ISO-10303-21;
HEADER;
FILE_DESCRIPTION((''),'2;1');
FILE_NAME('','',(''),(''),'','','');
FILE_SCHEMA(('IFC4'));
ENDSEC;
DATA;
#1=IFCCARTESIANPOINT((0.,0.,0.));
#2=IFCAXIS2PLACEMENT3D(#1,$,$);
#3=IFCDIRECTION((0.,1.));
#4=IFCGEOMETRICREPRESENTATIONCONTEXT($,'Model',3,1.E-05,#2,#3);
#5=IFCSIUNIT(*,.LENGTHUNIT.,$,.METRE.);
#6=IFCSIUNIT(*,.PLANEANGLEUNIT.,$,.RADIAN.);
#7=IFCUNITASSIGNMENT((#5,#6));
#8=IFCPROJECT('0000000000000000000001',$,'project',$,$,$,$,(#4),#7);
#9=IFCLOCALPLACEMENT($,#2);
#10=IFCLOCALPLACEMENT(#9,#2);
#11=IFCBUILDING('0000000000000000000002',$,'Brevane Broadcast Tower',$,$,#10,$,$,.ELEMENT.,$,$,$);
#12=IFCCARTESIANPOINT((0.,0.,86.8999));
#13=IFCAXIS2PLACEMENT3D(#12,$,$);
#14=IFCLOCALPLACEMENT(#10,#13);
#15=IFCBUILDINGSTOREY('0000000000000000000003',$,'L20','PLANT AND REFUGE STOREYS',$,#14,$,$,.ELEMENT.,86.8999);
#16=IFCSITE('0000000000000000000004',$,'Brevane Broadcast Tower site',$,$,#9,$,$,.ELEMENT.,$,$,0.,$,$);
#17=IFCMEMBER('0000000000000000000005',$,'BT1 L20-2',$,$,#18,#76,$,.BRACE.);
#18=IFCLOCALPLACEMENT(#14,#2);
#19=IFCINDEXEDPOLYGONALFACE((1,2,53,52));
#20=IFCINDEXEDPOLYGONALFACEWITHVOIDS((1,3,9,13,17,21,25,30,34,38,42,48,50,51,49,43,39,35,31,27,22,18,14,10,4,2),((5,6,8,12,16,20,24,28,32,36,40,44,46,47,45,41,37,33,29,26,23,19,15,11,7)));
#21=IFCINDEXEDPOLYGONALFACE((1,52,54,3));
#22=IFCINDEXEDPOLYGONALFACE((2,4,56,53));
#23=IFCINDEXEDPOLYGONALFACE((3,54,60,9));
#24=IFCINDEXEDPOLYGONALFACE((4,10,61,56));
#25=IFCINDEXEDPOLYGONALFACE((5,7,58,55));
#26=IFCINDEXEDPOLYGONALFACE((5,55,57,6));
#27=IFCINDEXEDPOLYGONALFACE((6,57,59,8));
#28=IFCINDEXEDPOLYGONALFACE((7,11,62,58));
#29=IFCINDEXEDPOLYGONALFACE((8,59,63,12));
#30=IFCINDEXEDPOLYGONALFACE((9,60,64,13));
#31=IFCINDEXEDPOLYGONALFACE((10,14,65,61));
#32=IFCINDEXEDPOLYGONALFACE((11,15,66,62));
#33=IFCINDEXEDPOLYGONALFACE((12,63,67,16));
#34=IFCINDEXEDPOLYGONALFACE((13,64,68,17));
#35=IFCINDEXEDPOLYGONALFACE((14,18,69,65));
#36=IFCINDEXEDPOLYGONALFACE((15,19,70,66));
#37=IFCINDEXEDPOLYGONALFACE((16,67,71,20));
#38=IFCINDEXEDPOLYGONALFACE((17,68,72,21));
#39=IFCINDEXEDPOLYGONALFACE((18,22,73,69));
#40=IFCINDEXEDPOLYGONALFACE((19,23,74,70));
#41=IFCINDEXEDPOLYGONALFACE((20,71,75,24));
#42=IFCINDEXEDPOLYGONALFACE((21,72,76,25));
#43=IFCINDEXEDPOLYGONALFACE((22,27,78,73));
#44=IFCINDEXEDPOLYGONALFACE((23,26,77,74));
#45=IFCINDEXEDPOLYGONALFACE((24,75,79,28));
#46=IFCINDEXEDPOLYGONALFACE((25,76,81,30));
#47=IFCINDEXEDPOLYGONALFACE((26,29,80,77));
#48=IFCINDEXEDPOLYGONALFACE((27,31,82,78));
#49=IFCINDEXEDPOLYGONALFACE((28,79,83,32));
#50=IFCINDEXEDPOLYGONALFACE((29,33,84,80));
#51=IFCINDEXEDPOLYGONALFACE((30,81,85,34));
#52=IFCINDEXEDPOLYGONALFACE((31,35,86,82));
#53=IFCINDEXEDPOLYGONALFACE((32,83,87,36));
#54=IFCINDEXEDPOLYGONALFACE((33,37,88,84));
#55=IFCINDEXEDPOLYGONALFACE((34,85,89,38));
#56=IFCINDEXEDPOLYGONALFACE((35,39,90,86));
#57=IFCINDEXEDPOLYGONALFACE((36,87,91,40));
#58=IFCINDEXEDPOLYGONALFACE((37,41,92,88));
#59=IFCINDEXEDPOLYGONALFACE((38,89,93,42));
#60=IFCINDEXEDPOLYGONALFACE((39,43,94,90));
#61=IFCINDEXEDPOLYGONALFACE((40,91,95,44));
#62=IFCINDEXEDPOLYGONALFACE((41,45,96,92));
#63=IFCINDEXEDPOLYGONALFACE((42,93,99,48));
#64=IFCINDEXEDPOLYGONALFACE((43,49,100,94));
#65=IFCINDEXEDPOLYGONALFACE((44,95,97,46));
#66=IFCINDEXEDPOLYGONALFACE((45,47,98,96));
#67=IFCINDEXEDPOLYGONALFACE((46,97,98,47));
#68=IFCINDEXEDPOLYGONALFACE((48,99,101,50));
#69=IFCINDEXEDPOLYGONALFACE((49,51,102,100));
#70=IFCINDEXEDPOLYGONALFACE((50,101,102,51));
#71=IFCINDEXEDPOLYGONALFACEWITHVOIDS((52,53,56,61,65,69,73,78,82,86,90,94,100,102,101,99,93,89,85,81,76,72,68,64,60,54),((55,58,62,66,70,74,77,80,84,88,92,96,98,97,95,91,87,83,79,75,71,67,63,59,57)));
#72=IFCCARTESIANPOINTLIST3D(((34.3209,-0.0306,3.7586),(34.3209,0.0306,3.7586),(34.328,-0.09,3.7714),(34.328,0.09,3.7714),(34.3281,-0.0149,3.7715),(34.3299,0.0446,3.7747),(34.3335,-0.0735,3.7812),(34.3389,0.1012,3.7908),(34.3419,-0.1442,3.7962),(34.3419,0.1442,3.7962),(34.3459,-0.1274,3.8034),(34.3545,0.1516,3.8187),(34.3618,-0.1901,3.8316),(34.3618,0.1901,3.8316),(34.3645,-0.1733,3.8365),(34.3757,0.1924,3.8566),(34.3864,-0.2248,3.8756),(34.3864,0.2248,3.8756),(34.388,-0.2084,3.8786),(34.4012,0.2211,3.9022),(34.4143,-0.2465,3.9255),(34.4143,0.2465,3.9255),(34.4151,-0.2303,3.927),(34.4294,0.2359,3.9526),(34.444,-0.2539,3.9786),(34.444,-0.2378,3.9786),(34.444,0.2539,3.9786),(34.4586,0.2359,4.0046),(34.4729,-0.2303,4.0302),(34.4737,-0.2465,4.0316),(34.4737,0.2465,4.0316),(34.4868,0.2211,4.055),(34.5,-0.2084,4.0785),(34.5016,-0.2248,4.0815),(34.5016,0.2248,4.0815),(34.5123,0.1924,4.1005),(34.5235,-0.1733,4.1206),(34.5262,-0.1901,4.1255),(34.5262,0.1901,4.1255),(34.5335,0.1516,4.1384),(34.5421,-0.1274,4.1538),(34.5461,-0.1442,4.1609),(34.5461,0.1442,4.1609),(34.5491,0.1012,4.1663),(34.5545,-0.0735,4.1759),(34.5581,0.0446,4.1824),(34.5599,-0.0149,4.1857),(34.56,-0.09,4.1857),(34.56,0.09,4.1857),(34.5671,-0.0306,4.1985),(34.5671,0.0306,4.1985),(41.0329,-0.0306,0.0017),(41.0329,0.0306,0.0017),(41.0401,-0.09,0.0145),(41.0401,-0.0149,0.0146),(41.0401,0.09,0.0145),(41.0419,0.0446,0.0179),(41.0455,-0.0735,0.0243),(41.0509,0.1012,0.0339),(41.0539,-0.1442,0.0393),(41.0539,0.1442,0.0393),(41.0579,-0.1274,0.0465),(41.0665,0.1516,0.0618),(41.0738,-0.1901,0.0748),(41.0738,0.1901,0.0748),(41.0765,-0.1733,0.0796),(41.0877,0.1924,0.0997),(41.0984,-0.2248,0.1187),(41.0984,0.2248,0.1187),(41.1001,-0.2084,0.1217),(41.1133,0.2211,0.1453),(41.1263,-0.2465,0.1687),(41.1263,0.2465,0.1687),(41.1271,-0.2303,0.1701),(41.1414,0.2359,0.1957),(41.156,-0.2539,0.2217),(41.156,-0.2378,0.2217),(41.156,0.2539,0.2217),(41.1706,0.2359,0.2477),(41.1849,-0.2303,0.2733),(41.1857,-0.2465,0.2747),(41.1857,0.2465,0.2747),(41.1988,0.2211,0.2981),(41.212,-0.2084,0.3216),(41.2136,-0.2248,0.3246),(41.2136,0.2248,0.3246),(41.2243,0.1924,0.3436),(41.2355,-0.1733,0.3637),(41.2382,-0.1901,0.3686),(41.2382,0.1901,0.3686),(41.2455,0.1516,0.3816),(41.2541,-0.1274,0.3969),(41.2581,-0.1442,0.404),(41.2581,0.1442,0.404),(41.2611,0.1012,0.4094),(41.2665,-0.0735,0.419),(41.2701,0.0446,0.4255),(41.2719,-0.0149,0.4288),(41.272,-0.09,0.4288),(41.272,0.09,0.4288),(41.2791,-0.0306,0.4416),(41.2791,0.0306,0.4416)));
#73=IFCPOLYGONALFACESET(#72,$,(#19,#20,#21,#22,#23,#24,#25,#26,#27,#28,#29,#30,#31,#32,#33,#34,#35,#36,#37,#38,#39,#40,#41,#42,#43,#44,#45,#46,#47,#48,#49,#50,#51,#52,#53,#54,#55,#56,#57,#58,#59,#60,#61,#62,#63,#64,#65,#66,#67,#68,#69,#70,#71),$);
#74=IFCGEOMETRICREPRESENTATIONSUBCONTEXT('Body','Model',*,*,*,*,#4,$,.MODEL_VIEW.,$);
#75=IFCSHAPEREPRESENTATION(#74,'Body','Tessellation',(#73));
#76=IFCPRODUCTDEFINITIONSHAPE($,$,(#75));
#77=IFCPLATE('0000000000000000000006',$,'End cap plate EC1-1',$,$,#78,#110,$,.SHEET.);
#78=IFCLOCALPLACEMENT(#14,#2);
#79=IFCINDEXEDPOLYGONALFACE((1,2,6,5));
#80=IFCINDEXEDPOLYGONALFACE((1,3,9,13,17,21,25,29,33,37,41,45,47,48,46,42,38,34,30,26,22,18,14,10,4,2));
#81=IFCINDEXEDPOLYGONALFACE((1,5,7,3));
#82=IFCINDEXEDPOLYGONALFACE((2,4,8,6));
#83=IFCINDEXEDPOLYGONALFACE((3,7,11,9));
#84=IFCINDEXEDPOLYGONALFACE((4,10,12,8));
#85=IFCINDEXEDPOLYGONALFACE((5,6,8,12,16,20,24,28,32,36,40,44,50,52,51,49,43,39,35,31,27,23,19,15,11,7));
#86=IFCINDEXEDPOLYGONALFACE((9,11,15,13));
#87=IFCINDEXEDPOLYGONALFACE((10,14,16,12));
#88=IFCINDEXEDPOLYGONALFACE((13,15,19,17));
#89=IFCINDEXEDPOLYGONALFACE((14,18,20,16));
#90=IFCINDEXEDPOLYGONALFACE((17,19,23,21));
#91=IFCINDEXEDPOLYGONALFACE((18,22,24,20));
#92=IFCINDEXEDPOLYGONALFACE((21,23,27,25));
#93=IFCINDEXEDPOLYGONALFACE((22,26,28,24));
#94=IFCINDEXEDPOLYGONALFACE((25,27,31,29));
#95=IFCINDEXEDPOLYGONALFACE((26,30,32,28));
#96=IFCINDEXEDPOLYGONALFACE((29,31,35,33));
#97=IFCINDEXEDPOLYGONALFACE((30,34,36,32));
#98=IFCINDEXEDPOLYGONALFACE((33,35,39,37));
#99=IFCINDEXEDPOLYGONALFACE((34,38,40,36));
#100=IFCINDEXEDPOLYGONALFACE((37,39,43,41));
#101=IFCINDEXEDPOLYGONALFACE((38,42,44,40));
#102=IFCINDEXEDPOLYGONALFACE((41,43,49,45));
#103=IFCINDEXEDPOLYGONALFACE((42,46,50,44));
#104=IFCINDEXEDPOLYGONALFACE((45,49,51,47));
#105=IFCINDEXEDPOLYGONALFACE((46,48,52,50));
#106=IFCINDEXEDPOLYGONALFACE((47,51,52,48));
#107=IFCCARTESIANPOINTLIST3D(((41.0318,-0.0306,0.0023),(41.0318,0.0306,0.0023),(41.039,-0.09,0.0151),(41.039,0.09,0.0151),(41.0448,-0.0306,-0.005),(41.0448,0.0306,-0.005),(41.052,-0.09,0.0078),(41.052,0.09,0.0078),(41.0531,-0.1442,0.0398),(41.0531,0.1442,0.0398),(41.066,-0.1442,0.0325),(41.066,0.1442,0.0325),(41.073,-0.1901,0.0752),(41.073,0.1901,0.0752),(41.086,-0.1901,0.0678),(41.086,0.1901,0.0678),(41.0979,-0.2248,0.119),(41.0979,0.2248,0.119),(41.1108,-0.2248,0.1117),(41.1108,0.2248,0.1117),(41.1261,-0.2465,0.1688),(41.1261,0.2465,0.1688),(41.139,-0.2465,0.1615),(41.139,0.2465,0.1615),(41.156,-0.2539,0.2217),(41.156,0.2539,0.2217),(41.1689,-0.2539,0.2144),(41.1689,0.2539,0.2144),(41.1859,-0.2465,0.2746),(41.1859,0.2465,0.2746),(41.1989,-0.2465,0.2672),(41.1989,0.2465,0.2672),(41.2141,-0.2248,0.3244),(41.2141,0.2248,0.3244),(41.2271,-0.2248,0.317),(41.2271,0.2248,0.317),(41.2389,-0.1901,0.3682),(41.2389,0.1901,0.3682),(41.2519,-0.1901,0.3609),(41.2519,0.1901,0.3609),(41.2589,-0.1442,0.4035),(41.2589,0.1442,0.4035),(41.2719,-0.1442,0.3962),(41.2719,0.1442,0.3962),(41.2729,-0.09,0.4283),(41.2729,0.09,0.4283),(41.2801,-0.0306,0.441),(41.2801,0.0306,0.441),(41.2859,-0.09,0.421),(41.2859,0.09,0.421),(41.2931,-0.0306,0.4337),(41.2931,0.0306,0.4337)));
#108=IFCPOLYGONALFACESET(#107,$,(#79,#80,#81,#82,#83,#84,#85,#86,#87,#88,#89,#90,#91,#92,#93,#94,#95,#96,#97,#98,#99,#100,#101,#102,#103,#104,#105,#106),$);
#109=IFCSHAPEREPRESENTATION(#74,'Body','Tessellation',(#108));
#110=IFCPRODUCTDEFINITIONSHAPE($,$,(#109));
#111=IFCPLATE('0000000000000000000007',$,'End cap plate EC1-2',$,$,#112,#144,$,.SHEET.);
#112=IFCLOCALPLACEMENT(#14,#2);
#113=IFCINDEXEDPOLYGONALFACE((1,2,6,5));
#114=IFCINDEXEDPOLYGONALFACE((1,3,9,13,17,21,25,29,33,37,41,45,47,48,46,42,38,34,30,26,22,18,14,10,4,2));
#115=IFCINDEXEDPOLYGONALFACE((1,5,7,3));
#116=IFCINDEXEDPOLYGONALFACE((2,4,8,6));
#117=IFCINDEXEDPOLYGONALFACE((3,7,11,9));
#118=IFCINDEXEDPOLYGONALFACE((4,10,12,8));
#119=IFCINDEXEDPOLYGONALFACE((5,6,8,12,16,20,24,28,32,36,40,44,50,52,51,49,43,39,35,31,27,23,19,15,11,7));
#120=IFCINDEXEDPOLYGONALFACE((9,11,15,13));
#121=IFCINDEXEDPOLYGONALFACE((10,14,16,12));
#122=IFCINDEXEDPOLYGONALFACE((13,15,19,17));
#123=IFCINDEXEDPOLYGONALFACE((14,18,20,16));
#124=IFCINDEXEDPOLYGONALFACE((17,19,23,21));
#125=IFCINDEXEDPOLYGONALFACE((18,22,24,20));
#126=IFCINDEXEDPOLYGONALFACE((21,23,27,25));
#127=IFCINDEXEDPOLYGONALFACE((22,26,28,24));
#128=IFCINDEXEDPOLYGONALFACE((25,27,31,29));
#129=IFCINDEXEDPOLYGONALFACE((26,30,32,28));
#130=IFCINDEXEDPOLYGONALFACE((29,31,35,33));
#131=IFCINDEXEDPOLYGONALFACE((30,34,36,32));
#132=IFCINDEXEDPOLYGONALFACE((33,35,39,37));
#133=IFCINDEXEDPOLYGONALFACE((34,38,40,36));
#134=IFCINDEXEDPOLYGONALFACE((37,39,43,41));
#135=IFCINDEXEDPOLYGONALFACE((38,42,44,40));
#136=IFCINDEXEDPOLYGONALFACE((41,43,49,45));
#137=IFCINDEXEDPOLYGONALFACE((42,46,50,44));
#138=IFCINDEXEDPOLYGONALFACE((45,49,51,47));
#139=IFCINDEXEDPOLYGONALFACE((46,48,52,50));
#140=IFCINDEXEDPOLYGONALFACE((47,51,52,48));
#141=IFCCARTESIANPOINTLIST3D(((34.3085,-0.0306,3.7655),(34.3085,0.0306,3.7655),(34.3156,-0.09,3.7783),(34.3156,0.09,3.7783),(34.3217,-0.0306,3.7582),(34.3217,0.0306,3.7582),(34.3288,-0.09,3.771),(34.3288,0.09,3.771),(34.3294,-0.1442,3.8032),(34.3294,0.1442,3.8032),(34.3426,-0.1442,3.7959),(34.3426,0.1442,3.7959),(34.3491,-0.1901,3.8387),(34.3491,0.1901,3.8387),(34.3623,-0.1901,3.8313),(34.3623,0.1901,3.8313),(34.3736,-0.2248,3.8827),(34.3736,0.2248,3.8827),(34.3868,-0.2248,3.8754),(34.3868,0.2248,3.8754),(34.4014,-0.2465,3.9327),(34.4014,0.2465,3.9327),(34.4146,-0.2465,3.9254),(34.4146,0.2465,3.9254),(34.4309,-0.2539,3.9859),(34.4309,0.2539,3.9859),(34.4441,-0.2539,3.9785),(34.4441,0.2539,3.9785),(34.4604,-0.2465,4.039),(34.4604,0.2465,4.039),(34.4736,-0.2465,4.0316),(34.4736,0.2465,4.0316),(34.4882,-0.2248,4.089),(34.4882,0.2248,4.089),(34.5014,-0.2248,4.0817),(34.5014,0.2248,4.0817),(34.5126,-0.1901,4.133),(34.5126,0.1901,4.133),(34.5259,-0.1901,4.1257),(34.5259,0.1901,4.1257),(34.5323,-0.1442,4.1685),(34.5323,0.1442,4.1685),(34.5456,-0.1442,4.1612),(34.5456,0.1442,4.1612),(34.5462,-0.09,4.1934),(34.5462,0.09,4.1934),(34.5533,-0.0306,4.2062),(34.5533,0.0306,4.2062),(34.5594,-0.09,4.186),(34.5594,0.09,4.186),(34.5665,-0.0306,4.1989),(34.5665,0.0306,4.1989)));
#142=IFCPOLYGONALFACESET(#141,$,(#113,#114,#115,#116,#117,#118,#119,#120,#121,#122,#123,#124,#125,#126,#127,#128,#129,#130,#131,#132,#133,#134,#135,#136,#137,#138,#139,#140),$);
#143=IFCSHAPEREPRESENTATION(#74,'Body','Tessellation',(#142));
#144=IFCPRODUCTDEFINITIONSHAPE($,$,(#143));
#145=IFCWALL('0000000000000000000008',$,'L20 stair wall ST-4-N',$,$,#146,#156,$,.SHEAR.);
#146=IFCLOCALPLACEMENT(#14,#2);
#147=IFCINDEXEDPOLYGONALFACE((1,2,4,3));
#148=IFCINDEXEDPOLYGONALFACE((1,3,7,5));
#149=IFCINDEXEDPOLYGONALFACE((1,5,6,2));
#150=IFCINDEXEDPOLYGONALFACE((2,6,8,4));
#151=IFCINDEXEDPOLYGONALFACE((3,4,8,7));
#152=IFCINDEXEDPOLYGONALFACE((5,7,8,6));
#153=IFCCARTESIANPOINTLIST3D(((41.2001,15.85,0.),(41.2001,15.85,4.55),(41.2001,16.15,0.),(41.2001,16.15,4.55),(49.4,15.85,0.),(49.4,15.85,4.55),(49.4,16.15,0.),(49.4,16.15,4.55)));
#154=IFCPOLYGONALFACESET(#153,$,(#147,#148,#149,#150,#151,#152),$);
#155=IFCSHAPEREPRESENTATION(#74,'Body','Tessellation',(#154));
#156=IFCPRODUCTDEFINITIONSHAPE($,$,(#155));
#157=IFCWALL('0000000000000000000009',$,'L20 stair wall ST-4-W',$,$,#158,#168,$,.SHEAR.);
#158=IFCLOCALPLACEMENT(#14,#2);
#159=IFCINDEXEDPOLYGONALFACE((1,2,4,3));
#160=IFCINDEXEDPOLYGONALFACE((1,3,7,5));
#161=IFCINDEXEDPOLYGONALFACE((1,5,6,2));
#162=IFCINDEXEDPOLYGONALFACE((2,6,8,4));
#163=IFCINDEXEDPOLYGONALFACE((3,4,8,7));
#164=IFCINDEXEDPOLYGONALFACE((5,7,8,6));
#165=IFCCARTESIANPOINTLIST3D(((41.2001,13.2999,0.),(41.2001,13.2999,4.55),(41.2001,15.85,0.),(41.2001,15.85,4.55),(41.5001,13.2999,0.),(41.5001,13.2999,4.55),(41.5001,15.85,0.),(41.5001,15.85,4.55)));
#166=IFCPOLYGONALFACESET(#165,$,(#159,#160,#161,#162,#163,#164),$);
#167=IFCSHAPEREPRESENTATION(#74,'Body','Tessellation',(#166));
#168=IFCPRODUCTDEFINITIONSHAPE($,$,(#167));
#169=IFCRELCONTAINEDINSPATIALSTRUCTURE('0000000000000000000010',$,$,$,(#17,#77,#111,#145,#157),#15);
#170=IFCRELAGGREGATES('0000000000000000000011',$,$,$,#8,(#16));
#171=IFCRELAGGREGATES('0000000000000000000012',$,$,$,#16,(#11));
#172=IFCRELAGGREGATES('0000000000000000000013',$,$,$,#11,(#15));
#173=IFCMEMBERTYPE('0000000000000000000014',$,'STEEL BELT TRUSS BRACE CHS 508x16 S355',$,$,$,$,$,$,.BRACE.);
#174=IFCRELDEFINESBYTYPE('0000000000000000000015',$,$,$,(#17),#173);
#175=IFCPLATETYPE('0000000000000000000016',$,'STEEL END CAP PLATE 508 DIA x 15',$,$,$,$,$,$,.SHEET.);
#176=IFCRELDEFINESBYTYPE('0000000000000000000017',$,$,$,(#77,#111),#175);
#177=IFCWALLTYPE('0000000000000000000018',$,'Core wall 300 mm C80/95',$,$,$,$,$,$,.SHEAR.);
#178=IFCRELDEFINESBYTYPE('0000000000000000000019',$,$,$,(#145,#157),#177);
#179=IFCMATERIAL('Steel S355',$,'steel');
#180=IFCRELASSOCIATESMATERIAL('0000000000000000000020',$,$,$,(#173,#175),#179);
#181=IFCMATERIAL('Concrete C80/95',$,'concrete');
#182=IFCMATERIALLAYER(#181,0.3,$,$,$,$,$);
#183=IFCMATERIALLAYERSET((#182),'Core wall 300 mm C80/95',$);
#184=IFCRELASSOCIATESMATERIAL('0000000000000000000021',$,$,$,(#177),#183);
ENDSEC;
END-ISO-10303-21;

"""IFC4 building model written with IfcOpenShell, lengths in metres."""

from ifc_helpers import new_model, si_unit, direction, frame, frame_2d, origin, origin_2d, place, context, subcontext, project, spatial, rectangle, circle, hollow_circle, extrude, material, layer, layer_set, material_profile, profile_set, type_object, element, save


model = new_model("IFC4")

# Units and contexts
model_context = context("Model", 3, precision=1e-05, world=origin(), true_north=direction((0.0, 1.0)))
body_context = subcontext(model_context, "Body", "Model", "MODEL_VIEW")
ifc_project = project(units=[si_unit("LENGTHUNIT", "METRE"), si_unit("PLANEANGLEUNIT", "RADIAN")], contexts=[model_context])

# Site, building, storey
site_placement = place(None, origin())
site = spatial("IfcSite", under=ifc_project, at=site_placement, Name="Brevane Broadcast Tower site", CompositionType="ELEMENT", RefElevation=0.0)
building_placement = place(site_placement, origin())
building = spatial("IfcBuilding", under=site, at=building_placement, Name="Brevane Broadcast Tower", CompositionType="ELEMENT")
storey_placement = place(building_placement, frame((0.0, 0.0, 86.8999)))
storey = spatial("IfcBuildingStorey", under=building, at=storey_placement, Name="L20", Description="PLANT AND REFUGE STOREYS", CompositionType="ELEMENT", Elevation=86.8999)

# Shared definitions
ifc_material_1 = material(Name="Concrete C80/95", Category="concrete")

# Member
ifc_material_2 = material(Name="Steel S355", Category="steel")
ifc_material_profile_1 = material_profile(ifc_material_2, hollow_circle(Radius=0.2539, WallThickness=0.0161, at=origin_2d()), Name="CHS 508x16")
ifc_profile_set_1 = profile_set([ifc_material_profile_1], Name="Steel S355")
member_type_1 = type_object("IfcMemberType", Name="STEEL BELT TRUSS BRACE CHS 508x16 S355", PredefinedType="BRACE", material=ifc_profile_set_1)
member_1_placement = place(storey_placement, frame((41.156, 0.0, 0.2217), z_axis=(-0.872608, 0.0, 0.488422), x_axis=(0.0, -1.0, 0.0)))
element("IfcMember", 1, at=member_1_placement, inside=storey, type_object=member_type_1, Name="BT1 L20-2", PredefinedType="BRACE", context=body_context, shape_type="SweptSolid", body=[
    extrude(hollow_circle(Radius=0.2539, WallThickness=0.0161, at=origin_2d()), origin(), (0.0, 0.0, 1.0), 7.6919),
])

# Plates
ifc_material_profile_2 = material_profile(ifc_material_2, circle(Radius=0.2539, at=origin_2d()), Name="PL 508 DIA x 15")
ifc_profile_set_2 = profile_set([ifc_material_profile_2], Name="Steel S355")
plate_type = type_object("IfcPlateType", Name="STEEL END CAP PLATE 508 DIA x 15", PredefinedType="SHEET", material=ifc_profile_set_2)
plate_1_placement = place(storey_placement, frame((41.1689, 0.0, 0.2144), z_axis=(-0.870257, 0.0, 0.492598), x_axis=(0.0, -1.0, 0.0)))
element("IfcPlate", 2, at=plate_1_placement, inside=storey, type_object=plate_type, Name="End cap plate EC1-1", PredefinedType="SHEET", context=body_context, shape_type="SweptSolid", body=[
    extrude(circle(Radius=0.2539, at=origin_2d()), origin(), (0.0, 0.0, 1.0), 0.0149),
])
plate_2_placement = place(storey_placement, frame((34.4441, 0.0, 3.9785), z_axis=(-0.874157, 0.0, 0.485643), x_axis=(0.0, -1.0, 0.0)))
element("IfcPlate", 3, at=plate_2_placement, inside=storey, type_object=plate_type, Name="End cap plate EC1-2", PredefinedType="SHEET", context=body_context, shape_type="SweptSolid", body=[
    extrude(circle(Radius=0.2539, at=origin_2d()), origin(), (0.0, 0.0, 1.0), 0.0151),
])

# Walls
ifc_layer_1 = layer(ifc_material_1, 0.3)
ifc_layer_set_1 = layer_set([ifc_layer_1], Name="Core wall 300 mm C80/95")
wall_type_1 = type_object("IfcWallType", Name="Core wall 300 mm C80/95", PredefinedType="SHEAR", material=ifc_layer_set_1)
wall_1_placement = place(storey_placement, frame((41.2, 16.0, 0.0), z_axis=(0.0, 0.0, 1.0), x_axis=(1.0, 0.0, 0.0)))
element("IfcWall", 4, at=wall_1_placement, inside=storey, type_object=wall_type_1, Name="L20 stair wall ST-4-N", PredefinedType="SHEAR", context=body_context, shape_type="SweptSolid", body=[
    extrude(rectangle(XDim=8.2, YDim=0.3, at=frame_2d((4.1001, 0.0))), origin(), (0.0, 0.0, 1.0), 4.55),
])
wall_2_placement = place(storey_placement, frame((41.3501, 13.3, 0.0), z_axis=(0.0, 0.0, 1.0), x_axis=(0.0, 1.0, 0.0)))
element("IfcWall", 5, at=wall_2_placement, inside=storey, type_object=wall_type_1, Name="L20 stair wall ST-4-W", PredefinedType="SHEAR", context=body_context, shape_type="SweptSolid", body=[
    extrude(rectangle(XDim=2.55, YDim=0.3, at=frame_2d((1.2749, 0.0))), origin(), (0.0, 0.0, 1.0), 4.55),
])

save(model, "model.ifc")
